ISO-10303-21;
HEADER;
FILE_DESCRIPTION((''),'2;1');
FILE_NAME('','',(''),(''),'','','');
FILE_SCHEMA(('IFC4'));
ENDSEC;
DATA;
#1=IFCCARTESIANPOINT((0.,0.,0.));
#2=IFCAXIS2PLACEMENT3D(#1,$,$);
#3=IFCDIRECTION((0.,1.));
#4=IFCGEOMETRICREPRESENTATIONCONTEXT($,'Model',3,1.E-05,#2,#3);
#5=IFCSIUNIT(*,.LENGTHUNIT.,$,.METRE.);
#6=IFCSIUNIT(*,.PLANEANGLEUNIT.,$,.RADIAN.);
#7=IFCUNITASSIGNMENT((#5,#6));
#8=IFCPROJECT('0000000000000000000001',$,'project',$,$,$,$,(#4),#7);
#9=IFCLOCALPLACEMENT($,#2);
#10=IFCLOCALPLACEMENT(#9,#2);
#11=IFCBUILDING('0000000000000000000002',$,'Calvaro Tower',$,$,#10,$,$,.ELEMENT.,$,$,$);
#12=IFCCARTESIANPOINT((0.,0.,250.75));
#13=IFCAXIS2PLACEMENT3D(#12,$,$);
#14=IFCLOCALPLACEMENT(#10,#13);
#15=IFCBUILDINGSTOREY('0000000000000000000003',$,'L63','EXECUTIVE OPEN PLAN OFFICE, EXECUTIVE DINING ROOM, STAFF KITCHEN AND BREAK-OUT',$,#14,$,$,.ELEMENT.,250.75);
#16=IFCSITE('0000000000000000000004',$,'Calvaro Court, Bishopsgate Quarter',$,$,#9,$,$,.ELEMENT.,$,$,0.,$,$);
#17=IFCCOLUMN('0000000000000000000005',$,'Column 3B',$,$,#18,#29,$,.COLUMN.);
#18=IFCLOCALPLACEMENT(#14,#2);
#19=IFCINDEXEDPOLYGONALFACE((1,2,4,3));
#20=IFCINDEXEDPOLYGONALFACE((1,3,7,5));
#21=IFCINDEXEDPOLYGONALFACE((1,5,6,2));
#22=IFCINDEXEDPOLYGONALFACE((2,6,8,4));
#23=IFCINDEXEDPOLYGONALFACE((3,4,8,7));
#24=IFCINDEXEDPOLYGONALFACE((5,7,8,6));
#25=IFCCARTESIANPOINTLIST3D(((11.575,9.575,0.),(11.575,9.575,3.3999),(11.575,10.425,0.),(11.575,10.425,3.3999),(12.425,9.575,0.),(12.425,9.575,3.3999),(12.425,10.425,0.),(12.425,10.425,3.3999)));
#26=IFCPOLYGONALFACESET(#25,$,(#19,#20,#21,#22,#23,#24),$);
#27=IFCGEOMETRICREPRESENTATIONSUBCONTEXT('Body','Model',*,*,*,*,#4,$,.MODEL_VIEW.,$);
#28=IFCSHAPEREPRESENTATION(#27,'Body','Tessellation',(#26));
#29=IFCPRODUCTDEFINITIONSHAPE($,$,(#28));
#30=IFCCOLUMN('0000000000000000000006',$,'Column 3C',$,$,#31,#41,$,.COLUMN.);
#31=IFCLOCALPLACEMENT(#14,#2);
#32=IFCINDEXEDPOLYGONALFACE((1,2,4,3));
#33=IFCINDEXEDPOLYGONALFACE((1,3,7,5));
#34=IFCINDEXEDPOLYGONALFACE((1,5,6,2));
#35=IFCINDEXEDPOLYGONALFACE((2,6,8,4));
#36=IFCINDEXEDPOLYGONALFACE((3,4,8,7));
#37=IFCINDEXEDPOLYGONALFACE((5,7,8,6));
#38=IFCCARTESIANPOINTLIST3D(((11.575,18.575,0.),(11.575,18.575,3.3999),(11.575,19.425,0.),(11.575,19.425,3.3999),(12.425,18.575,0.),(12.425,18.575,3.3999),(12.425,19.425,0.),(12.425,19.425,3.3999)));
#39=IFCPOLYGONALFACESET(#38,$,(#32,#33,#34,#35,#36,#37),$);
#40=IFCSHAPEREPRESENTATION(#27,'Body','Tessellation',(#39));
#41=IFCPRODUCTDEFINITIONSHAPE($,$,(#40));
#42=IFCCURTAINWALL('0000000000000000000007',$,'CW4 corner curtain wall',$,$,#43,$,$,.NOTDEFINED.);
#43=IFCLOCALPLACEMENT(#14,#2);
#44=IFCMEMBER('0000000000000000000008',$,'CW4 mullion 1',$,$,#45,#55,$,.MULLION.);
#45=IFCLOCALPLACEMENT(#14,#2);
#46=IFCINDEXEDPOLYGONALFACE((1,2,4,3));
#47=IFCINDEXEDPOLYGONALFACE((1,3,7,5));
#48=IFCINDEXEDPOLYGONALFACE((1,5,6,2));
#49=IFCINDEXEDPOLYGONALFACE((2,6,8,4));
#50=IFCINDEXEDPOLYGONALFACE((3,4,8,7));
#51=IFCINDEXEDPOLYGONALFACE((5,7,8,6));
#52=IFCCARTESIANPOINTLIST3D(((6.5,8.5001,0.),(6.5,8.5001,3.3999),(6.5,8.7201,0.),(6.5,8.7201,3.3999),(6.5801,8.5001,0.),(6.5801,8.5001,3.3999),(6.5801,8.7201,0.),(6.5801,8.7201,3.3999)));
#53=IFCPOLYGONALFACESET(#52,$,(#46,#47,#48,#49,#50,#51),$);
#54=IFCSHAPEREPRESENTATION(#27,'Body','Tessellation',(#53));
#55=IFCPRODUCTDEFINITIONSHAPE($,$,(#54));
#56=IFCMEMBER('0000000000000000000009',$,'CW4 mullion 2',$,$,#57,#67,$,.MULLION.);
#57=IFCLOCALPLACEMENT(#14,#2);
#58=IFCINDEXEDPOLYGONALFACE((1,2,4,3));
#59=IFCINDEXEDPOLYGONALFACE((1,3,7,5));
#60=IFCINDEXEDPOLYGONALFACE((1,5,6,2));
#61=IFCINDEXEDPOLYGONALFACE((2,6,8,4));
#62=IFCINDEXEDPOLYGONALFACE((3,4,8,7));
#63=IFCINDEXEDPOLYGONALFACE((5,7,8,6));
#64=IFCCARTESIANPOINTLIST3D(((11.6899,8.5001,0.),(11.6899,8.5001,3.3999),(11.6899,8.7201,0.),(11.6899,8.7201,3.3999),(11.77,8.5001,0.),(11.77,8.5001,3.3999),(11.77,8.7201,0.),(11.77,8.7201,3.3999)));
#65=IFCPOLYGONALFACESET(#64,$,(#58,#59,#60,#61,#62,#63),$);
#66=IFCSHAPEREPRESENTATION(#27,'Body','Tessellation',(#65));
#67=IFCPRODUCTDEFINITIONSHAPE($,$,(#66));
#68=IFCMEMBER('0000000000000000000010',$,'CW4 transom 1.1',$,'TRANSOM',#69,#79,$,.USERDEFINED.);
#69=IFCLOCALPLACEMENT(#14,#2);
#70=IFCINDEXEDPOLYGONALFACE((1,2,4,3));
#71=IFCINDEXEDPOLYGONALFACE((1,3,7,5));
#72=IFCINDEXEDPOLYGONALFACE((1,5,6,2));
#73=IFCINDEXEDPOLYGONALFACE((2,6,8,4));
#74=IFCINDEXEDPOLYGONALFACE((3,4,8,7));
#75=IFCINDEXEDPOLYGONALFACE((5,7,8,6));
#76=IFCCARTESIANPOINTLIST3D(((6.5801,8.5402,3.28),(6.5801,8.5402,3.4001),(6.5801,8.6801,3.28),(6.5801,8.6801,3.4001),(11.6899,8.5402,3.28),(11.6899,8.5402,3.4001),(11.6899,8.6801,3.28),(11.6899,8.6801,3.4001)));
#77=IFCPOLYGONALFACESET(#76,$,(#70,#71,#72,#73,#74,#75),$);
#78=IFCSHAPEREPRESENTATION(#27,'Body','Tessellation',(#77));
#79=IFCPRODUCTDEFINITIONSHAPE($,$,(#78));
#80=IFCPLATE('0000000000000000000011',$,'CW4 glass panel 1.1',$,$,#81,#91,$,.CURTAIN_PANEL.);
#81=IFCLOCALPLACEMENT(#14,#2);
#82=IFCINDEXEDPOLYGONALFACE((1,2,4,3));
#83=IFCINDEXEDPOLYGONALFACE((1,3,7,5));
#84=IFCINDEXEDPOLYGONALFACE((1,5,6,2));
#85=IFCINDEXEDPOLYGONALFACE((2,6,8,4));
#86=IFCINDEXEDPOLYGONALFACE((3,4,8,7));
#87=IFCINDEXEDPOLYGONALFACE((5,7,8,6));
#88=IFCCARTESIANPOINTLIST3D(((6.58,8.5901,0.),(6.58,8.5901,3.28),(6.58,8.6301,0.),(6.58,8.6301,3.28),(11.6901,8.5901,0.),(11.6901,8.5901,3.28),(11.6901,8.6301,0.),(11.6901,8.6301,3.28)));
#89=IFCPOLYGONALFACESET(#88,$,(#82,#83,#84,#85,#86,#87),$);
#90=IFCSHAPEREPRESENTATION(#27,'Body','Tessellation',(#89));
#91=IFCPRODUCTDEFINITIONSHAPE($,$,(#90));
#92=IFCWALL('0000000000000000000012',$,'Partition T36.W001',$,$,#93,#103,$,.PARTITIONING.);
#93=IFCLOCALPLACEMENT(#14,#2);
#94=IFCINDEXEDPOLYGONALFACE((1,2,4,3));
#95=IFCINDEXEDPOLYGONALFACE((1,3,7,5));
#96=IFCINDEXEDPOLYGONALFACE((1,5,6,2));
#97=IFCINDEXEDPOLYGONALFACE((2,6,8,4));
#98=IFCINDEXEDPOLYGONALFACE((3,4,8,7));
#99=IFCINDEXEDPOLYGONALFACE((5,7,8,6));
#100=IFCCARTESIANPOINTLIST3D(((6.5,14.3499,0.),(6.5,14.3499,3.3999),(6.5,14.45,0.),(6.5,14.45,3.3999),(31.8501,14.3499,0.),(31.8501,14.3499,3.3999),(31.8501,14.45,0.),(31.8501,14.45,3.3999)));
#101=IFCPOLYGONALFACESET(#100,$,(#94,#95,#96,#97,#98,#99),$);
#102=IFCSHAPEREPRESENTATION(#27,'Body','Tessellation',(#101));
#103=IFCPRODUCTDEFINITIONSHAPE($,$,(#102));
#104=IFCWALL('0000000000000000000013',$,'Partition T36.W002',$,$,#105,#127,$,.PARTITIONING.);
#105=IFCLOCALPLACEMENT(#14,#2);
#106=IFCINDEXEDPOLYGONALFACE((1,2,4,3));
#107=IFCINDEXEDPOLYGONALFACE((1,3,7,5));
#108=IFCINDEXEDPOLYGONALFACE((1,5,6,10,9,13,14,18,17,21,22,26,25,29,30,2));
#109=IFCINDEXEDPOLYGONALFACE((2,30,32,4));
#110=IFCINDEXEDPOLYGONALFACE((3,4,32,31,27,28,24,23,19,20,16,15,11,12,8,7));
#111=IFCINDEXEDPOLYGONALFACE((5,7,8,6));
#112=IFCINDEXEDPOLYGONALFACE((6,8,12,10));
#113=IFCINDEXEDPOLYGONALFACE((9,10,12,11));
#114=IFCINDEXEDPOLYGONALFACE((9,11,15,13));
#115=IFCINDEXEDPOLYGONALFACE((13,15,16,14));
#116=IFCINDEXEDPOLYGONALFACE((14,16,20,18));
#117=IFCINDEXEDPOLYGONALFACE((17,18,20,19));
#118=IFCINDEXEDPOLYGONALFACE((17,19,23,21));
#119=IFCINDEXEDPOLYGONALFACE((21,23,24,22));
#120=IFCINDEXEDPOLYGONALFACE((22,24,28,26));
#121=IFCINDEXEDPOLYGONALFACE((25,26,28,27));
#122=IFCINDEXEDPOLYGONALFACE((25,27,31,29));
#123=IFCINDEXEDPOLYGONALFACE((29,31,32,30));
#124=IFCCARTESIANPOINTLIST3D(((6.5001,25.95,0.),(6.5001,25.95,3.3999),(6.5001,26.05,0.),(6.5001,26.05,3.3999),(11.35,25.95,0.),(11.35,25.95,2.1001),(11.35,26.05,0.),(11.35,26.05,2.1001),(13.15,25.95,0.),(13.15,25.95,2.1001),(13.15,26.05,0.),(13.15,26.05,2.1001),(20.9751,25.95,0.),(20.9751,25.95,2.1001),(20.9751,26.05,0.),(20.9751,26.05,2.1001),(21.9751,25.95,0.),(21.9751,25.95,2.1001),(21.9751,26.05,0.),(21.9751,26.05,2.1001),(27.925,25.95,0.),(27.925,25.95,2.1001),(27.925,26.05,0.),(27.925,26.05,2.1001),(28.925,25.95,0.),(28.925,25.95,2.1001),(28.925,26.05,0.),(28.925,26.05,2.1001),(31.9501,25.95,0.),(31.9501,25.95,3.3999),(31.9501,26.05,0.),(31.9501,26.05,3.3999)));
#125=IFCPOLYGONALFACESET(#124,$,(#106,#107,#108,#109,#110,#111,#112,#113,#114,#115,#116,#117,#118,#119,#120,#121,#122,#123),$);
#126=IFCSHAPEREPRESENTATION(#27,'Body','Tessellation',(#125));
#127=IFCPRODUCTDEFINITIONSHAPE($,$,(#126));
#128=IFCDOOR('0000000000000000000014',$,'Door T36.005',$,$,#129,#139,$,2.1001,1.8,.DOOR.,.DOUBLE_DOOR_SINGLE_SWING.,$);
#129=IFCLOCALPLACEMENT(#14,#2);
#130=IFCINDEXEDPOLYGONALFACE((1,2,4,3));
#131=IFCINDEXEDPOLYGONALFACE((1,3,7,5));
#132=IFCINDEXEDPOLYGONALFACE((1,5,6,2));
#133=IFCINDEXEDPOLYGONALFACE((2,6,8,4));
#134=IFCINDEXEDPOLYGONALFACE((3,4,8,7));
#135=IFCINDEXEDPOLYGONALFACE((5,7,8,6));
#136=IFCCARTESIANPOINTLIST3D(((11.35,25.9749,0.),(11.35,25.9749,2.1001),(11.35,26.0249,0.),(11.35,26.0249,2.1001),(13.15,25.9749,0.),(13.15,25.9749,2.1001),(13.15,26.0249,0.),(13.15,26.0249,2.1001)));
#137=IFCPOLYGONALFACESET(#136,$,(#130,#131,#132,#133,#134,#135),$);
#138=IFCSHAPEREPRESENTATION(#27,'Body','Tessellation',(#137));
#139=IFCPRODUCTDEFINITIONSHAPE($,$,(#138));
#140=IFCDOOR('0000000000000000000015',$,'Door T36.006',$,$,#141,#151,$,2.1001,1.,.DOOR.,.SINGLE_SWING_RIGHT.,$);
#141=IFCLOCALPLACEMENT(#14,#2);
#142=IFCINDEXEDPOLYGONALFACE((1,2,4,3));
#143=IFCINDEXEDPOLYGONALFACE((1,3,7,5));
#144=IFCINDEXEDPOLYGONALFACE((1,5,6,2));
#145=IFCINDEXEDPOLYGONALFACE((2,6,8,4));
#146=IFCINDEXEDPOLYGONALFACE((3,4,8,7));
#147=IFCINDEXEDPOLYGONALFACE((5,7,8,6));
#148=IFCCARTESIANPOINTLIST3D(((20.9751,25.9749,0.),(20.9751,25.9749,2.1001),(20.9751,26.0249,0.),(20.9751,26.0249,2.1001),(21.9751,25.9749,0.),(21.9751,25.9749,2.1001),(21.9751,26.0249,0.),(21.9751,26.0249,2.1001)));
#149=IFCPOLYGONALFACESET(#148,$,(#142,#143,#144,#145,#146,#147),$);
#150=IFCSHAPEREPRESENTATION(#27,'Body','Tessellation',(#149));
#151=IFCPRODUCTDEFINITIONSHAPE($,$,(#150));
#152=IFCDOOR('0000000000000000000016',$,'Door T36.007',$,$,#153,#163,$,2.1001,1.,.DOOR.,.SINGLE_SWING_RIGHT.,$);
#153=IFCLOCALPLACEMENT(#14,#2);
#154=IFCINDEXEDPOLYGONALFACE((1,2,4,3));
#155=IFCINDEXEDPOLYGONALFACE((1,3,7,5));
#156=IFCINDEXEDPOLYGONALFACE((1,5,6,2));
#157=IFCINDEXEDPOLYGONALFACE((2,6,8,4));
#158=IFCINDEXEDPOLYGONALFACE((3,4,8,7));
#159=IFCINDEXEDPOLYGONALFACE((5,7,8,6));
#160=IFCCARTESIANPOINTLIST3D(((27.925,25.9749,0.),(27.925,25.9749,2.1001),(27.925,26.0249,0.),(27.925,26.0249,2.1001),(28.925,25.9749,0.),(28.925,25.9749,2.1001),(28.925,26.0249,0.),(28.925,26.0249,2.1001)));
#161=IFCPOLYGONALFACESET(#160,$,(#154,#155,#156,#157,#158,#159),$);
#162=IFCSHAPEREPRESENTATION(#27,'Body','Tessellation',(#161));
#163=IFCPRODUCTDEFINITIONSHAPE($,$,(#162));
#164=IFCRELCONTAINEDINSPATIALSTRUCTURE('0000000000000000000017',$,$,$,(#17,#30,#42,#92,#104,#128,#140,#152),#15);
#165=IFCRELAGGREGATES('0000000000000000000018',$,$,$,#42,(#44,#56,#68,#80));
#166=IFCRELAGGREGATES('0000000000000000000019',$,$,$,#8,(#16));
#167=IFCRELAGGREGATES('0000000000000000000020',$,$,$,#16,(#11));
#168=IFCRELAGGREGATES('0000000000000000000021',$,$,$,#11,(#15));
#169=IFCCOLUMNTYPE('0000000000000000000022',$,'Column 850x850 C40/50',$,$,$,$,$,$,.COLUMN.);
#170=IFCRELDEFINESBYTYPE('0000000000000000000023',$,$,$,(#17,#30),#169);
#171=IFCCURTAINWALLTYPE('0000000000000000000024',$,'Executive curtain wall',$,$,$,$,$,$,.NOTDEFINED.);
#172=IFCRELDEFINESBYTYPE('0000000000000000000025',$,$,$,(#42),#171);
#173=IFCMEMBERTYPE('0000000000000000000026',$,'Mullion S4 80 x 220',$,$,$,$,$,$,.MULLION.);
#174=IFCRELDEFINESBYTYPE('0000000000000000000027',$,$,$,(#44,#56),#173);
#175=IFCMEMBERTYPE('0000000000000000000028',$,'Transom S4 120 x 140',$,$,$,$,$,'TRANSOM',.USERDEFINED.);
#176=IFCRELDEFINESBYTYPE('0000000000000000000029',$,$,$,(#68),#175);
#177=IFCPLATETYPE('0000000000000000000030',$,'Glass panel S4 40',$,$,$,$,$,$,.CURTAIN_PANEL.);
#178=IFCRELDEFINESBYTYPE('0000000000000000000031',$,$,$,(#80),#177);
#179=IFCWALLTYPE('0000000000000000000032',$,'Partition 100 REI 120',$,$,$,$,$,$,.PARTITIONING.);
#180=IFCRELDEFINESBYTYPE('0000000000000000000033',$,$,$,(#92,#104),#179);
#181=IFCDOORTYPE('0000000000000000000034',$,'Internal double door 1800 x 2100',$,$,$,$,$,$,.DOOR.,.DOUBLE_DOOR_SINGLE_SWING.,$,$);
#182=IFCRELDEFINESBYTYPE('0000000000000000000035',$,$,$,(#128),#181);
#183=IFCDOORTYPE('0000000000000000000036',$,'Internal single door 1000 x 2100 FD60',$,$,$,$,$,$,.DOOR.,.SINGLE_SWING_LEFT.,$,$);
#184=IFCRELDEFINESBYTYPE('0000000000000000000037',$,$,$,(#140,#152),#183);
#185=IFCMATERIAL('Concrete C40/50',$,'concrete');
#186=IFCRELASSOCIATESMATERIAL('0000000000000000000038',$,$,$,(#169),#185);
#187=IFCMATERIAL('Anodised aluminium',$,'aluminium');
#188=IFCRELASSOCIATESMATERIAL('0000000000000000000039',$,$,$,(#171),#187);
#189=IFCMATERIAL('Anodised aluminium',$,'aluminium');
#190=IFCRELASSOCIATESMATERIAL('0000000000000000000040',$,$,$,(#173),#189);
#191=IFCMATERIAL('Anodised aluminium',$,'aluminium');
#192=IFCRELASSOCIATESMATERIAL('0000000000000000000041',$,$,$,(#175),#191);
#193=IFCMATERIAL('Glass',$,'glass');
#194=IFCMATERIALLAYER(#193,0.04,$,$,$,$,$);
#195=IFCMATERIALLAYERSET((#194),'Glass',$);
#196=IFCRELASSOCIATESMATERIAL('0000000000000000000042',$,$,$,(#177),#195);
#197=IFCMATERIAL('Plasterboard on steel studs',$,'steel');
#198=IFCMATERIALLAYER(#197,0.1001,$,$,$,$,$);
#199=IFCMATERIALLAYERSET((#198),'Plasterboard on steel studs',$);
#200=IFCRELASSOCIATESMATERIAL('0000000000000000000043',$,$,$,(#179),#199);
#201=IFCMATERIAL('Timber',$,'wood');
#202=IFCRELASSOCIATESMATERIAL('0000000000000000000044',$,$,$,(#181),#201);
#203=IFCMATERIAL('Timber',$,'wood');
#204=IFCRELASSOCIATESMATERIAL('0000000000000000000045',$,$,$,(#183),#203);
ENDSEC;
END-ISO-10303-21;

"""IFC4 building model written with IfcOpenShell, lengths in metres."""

from ifc_helpers import new_model, si_unit, direction, frame, frame_2d, origin, origin_2d, place, context, subcontext, project, spatial, rectangle, extrude, material, layer, layer_set, material_profile, profile_set, type_object, element, fill, aggregate, save


model = new_model("IFC4")

# Units and contexts
model_context = context("Model", 3, precision=1e-05, world=origin(), true_north=direction((0.0, 1.0)))
body_context = subcontext(model_context, "Body", "Model", "MODEL_VIEW")
ifc_project = project(units=[si_unit("LENGTHUNIT", "METRE"), si_unit("PLANEANGLEUNIT", "RADIAN")], contexts=[model_context])

# Site, building, storey
site_placement = place(None, origin())
site = spatial("IfcSite", under=ifc_project, at=site_placement, Name="Calvaro Court, Bishopsgate Quarter", CompositionType="ELEMENT", RefElevation=0.0)
building_placement = place(site_placement, origin())
building = spatial("IfcBuilding", under=site, at=building_placement, Name="Calvaro Tower", CompositionType="ELEMENT")
storey_placement = place(building_placement, frame((0.0, 0.0, 250.75)))
storey = spatial("IfcBuildingStorey", under=building, at=storey_placement, Name="L63", Description="EXECUTIVE OPEN PLAN OFFICE, EXECUTIVE DINING ROOM, STAFF KITCHEN AND BREAK-OUT", CompositionType="ELEMENT", Elevation=250.75)

# Columns
ifc_material_1 = material(Name="Concrete C40/50", Category="concrete")
ifc_material_profile_1 = material_profile(ifc_material_1, rectangle(XDim=0.8501, YDim=0.8501, at=origin_2d()), Name="RC 850x850")
ifc_profile_set_1 = profile_set([ifc_material_profile_1], Name="Concrete C40/50")
column_type = type_object("IfcColumnType", Name="Column 850x850 C40/50", PredefinedType="COLUMN", material=ifc_profile_set_1)
for number, where, z_axis, x_axis, name in (
    (1, (12.0, 10.0, 0.0), (0.0, 0.0, 1.0), (1.0, 0.0, 0.0), "Column 3B"),
    (2, (12.0, 19.0, 0.0), (0.0, 0.0, 1.0), (1.0, 0.0, 0.0), "Column 3C"),
):
    element("IfcColumn", number, at=place(storey_placement, frame(where, z_axis=z_axis, x_axis=x_axis)), inside=storey, type_object=column_type, Name=name, PredefinedType="COLUMN", context=body_context, shape_type="SweptSolid", body=[
        extrude(rectangle(XDim=0.8501, YDim=0.8501, at=origin_2d()), origin(), (0.0, 0.0, 1.0), 3.3999),
    ])

# Curtain wall, members, plate
ifc_material_2 = material(Name="Anodised aluminium", Category="aluminium")
curtain_wall_type = type_object("IfcCurtainWallType", Name="Executive curtain wall", PredefinedType="NOTDEFINED", material=ifc_material_2)
curtain_wall_placement = place(storey_placement, origin())
curtain_wall = element("IfcCurtainWall", 3, at=curtain_wall_placement, inside=storey, type_object=curtain_wall_type, Name="CW4 corner curtain wall", PredefinedType="NOTDEFINED")
ifc_material_3 = material(Name="Anodised aluminium", Category="aluminium")
ifc_material_profile_2 = material_profile(ifc_material_3, rectangle(XDim=0.22, YDim=0.0801, at=origin_2d()), Name="Mullion S4 80 x 220")
ifc_profile_set_2 = profile_set([ifc_material_profile_2], Name="Anodised aluminium")
member_type_1 = type_object("IfcMemberType", Name="Mullion S4 80 x 220", PredefinedType="MULLION", material=ifc_profile_set_2)
member_1_placement = place(storey_placement, frame((6.54, 8.6101, 0.0), z_axis=(0.0, 0.0, 1.0), x_axis=(0.0, 1.0, 0.0)))
member_1 = element("IfcMember", 4, at=member_1_placement, type_object=member_type_1, Name="CW4 mullion 1", PredefinedType="MULLION", context=body_context, shape_type="SweptSolid", body=[
    extrude(rectangle(XDim=0.22, YDim=0.0801, at=origin_2d()), origin(), (0.0, 0.0, 1.0), 3.3999),
])
member_2_placement = place(storey_placement, frame((11.73, 8.6101, 0.0), z_axis=(0.0, 0.0, 1.0), x_axis=(0.0, 1.0, 0.0)))
member_2 = element("IfcMember", 5, at=member_2_placement, type_object=member_type_1, Name="CW4 mullion 2", PredefinedType="MULLION", context=body_context, shape_type="SweptSolid", body=[
    extrude(rectangle(XDim=0.22, YDim=0.0801, at=origin_2d()), origin(), (0.0, 0.0, 1.0), 3.3999),
])
ifc_material_4 = material(Name="Anodised aluminium", Category="aluminium")
ifc_material_profile_3 = material_profile(ifc_material_4, rectangle(XDim=0.1399, YDim=0.1201, at=origin_2d()), Name="Transom S4 120 x 140")
ifc_profile_set_3 = profile_set([ifc_material_profile_3], Name="Anodised aluminium")
member_type_2 = type_object("IfcMemberType", Name="Transom S4 120 x 140", ElementType="TRANSOM", PredefinedType="USERDEFINED", material=ifc_profile_set_3)
member_3_placement = place(storey_placement, frame((6.5801, 8.6101, 3.3401), z_axis=(1.0, 0.0, 0.0), x_axis=(0.0, 1.0, 0.0)))
member_3 = element("IfcMember", 6, at=member_3_placement, type_object=member_type_2, Name="CW4 transom 1.1", ObjectType="TRANSOM", PredefinedType="USERDEFINED", context=body_context, shape_type="SweptSolid", body=[
    extrude(rectangle(XDim=0.1399, YDim=0.1201, at=origin_2d()), origin(), (0.0, 0.0, 1.0), 5.1099),
])
ifc_material_5 = material(Name="Glass", Category="glass")
ifc_layer_1 = layer(ifc_material_5, 0.04)
ifc_layer_set_1 = layer_set([ifc_layer_1], Name="Glass")
plate_type = type_object("IfcPlateType", Name="Glass panel S4 40", PredefinedType="CURTAIN_PANEL", material=ifc_layer_set_1)
plate_placement = place(storey_placement, frame((9.135, 8.6101, 0.0), z_axis=(0.0, 0.0, 1.0), x_axis=(1.0, 0.0, 0.0)))
plate = element("IfcPlate", 7, at=plate_placement, type_object=plate_type, Name="CW4 glass panel 1.1", PredefinedType="CURTAIN_PANEL", context=body_context, shape_type="SweptSolid", body=[
    extrude(rectangle(XDim=5.1101, YDim=0.04, at=origin_2d()), origin(), (0.0, 0.0, 1.0), 3.28),
])
aggregate(curtain_wall, [member_1, member_2, member_3, plate])

# Wall
ifc_material_6 = material(Name="Plasterboard on steel studs", Category="steel")
ifc_layer_2 = layer(ifc_material_6, 0.1001)
ifc_layer_set_2 = layer_set([ifc_layer_2], Name="Plasterboard on steel studs")
wall_type = type_object("IfcWallType", Name="Partition 100 REI 120", PredefinedType="PARTITIONING", material=ifc_layer_set_2)
wall_1_placement = place(storey_placement, frame((6.5, 14.3999, 0.0), z_axis=(0.0, 0.0, 1.0), x_axis=(1.0, 0.0, 0.0)))
element("IfcWall", 8, at=wall_1_placement, inside=storey, type_object=wall_type, Name="Partition T36.W001", PredefinedType="PARTITIONING", context=body_context, shape_type="SweptSolid", body=[
    extrude(rectangle(XDim=25.3501, YDim=0.1001, at=frame_2d((12.675, 0.0))), origin(), (0.0, 0.0, 1.0), 3.3999),
])

# Wall, openings, doors
wall_2_placement = place(storey_placement, frame((6.5, 26.0, 0.0), z_axis=(0.0, 0.0, 1.0), x_axis=(1.0, 0.0, 0.0)))
wall_2 = element("IfcWall", 9, at=wall_2_placement, inside=storey, type_object=wall_type, Name="Partition T36.W002", PredefinedType="PARTITIONING", context=body_context, shape_type="SweptSolid", body=[
    extrude(rectangle(XDim=25.45, YDim=0.1001, at=frame_2d((12.7251, 0.0))), origin(), (0.0, 0.0, 1.0), 3.3999),
])
opening_1_placement = place(wall_2_placement, frame((4.8501, 0.0, 0.0)))
opening_1 = element("IfcOpeningElement", 10, at=opening_1_placement, cuts=wall_2, PredefinedType="OPENING", context=body_context, shape_type="SweptSolid", body=[
    extrude(rectangle(XDim=1.8, YDim=2.1001, at=frame_2d((0.8999, 1.05))), frame((0.0, 0.0601, 0.0), z_axis=(0.0, -1.0, 0.0), x_axis=(1.0, 0.0, 0.0)), (0.0, 0.0, 1.0), 0.1201),
])
opening_2_placement = place(wall_2_placement, frame((14.4751, 0.0, 0.0)))
opening_2 = element("IfcOpeningElement", 11, at=opening_2_placement, cuts=wall_2, PredefinedType="OPENING", context=body_context, shape_type="SweptSolid", body=[
    extrude(rectangle(XDim=1.0, YDim=2.1001, at=frame_2d((0.5, 1.05))), frame((0.0, 0.0601, 0.0), z_axis=(0.0, -1.0, 0.0), x_axis=(1.0, 0.0, 0.0)), (0.0, 0.0, 1.0), 0.1201),
])
opening_3_placement = place(wall_2_placement, frame((21.425, 0.0, 0.0)))
opening_3 = element("IfcOpeningElement", 12, at=opening_3_placement, cuts=wall_2, PredefinedType="OPENING", context=body_context, shape_type="SweptSolid", body=[
    extrude(rectangle(XDim=1.0, YDim=2.1001, at=frame_2d((0.5, 1.05))), frame((0.0, 0.0601, 0.0), z_axis=(0.0, -1.0, 0.0), x_axis=(1.0, 0.0, 0.0)), (0.0, 0.0, 1.0), 0.1201),
])
ifc_material_7 = material(Name="Timber", Category="wood")
door_type_1 = type_object("IfcDoorType", Name="Internal double door 1800 x 2100", OperationType="DOUBLE_DOOR_SINGLE_SWING", PredefinedType="DOOR", material=ifc_material_7)
door_1_placement = place(opening_1_placement, origin())
door_1 = element("IfcDoor", 13, at=door_1_placement, inside=storey, type_object=door_type_1, Name="Door T36.005", OperationType="DOUBLE_DOOR_SINGLE_SWING", OverallHeight=2.1001, OverallWidth=1.8, PredefinedType="DOOR", context=body_context, shape_type="SweptSolid", body=[
    extrude(rectangle(XDim=1.8, YDim=2.1001, at=frame_2d((0.8999, 1.05))), frame((0.0, 0.0249, 0.0), z_axis=(0.0, -1.0, 0.0), x_axis=(1.0, 0.0, 0.0)), (0.0, 0.0, 1.0), 0.05),
])
fill(opening_1, door_1)
ifc_material_8 = material(Name="Timber", Category="wood")
door_type_2 = type_object("IfcDoorType", Name="Internal single door 1000 x 2100 FD60", OperationType="SINGLE_SWING_LEFT", PredefinedType="DOOR", material=ifc_material_8)
door_2_placement = place(opening_2_placement, origin())
door_2 = element("IfcDoor", 14, at=door_2_placement, inside=storey, type_object=door_type_2, Name="Door T36.006", OperationType="SINGLE_SWING_RIGHT", OverallHeight=2.1001, OverallWidth=1.0, PredefinedType="DOOR", context=body_context, shape_type="SweptSolid", body=[
    extrude(rectangle(XDim=1.0, YDim=2.1001, at=frame_2d((0.5, 1.05))), frame((0.0, 0.0249, 0.0), z_axis=(0.0, -1.0, 0.0), x_axis=(1.0, 0.0, 0.0)), (0.0, 0.0, 1.0), 0.05),
])
fill(opening_2, door_2)
door_3_placement = place(opening_3_placement, origin())
door_3 = element("IfcDoor", 15, at=door_3_placement, inside=storey, type_object=door_type_2, Name="Door T36.007", OperationType="SINGLE_SWING_RIGHT", OverallHeight=2.1001, OverallWidth=1.0, PredefinedType="DOOR", context=body_context, shape_type="SweptSolid", body=[
    extrude(rectangle(XDim=1.0, YDim=2.1001, at=frame_2d((0.5, 1.05))), frame((0.0, 0.0249, 0.0), z_axis=(0.0, -1.0, 0.0), x_axis=(1.0, 0.0, 0.0)), (0.0, 0.0, 1.0), 0.05),
])
fill(opening_3, door_3)

save(model, "model.ifc")
